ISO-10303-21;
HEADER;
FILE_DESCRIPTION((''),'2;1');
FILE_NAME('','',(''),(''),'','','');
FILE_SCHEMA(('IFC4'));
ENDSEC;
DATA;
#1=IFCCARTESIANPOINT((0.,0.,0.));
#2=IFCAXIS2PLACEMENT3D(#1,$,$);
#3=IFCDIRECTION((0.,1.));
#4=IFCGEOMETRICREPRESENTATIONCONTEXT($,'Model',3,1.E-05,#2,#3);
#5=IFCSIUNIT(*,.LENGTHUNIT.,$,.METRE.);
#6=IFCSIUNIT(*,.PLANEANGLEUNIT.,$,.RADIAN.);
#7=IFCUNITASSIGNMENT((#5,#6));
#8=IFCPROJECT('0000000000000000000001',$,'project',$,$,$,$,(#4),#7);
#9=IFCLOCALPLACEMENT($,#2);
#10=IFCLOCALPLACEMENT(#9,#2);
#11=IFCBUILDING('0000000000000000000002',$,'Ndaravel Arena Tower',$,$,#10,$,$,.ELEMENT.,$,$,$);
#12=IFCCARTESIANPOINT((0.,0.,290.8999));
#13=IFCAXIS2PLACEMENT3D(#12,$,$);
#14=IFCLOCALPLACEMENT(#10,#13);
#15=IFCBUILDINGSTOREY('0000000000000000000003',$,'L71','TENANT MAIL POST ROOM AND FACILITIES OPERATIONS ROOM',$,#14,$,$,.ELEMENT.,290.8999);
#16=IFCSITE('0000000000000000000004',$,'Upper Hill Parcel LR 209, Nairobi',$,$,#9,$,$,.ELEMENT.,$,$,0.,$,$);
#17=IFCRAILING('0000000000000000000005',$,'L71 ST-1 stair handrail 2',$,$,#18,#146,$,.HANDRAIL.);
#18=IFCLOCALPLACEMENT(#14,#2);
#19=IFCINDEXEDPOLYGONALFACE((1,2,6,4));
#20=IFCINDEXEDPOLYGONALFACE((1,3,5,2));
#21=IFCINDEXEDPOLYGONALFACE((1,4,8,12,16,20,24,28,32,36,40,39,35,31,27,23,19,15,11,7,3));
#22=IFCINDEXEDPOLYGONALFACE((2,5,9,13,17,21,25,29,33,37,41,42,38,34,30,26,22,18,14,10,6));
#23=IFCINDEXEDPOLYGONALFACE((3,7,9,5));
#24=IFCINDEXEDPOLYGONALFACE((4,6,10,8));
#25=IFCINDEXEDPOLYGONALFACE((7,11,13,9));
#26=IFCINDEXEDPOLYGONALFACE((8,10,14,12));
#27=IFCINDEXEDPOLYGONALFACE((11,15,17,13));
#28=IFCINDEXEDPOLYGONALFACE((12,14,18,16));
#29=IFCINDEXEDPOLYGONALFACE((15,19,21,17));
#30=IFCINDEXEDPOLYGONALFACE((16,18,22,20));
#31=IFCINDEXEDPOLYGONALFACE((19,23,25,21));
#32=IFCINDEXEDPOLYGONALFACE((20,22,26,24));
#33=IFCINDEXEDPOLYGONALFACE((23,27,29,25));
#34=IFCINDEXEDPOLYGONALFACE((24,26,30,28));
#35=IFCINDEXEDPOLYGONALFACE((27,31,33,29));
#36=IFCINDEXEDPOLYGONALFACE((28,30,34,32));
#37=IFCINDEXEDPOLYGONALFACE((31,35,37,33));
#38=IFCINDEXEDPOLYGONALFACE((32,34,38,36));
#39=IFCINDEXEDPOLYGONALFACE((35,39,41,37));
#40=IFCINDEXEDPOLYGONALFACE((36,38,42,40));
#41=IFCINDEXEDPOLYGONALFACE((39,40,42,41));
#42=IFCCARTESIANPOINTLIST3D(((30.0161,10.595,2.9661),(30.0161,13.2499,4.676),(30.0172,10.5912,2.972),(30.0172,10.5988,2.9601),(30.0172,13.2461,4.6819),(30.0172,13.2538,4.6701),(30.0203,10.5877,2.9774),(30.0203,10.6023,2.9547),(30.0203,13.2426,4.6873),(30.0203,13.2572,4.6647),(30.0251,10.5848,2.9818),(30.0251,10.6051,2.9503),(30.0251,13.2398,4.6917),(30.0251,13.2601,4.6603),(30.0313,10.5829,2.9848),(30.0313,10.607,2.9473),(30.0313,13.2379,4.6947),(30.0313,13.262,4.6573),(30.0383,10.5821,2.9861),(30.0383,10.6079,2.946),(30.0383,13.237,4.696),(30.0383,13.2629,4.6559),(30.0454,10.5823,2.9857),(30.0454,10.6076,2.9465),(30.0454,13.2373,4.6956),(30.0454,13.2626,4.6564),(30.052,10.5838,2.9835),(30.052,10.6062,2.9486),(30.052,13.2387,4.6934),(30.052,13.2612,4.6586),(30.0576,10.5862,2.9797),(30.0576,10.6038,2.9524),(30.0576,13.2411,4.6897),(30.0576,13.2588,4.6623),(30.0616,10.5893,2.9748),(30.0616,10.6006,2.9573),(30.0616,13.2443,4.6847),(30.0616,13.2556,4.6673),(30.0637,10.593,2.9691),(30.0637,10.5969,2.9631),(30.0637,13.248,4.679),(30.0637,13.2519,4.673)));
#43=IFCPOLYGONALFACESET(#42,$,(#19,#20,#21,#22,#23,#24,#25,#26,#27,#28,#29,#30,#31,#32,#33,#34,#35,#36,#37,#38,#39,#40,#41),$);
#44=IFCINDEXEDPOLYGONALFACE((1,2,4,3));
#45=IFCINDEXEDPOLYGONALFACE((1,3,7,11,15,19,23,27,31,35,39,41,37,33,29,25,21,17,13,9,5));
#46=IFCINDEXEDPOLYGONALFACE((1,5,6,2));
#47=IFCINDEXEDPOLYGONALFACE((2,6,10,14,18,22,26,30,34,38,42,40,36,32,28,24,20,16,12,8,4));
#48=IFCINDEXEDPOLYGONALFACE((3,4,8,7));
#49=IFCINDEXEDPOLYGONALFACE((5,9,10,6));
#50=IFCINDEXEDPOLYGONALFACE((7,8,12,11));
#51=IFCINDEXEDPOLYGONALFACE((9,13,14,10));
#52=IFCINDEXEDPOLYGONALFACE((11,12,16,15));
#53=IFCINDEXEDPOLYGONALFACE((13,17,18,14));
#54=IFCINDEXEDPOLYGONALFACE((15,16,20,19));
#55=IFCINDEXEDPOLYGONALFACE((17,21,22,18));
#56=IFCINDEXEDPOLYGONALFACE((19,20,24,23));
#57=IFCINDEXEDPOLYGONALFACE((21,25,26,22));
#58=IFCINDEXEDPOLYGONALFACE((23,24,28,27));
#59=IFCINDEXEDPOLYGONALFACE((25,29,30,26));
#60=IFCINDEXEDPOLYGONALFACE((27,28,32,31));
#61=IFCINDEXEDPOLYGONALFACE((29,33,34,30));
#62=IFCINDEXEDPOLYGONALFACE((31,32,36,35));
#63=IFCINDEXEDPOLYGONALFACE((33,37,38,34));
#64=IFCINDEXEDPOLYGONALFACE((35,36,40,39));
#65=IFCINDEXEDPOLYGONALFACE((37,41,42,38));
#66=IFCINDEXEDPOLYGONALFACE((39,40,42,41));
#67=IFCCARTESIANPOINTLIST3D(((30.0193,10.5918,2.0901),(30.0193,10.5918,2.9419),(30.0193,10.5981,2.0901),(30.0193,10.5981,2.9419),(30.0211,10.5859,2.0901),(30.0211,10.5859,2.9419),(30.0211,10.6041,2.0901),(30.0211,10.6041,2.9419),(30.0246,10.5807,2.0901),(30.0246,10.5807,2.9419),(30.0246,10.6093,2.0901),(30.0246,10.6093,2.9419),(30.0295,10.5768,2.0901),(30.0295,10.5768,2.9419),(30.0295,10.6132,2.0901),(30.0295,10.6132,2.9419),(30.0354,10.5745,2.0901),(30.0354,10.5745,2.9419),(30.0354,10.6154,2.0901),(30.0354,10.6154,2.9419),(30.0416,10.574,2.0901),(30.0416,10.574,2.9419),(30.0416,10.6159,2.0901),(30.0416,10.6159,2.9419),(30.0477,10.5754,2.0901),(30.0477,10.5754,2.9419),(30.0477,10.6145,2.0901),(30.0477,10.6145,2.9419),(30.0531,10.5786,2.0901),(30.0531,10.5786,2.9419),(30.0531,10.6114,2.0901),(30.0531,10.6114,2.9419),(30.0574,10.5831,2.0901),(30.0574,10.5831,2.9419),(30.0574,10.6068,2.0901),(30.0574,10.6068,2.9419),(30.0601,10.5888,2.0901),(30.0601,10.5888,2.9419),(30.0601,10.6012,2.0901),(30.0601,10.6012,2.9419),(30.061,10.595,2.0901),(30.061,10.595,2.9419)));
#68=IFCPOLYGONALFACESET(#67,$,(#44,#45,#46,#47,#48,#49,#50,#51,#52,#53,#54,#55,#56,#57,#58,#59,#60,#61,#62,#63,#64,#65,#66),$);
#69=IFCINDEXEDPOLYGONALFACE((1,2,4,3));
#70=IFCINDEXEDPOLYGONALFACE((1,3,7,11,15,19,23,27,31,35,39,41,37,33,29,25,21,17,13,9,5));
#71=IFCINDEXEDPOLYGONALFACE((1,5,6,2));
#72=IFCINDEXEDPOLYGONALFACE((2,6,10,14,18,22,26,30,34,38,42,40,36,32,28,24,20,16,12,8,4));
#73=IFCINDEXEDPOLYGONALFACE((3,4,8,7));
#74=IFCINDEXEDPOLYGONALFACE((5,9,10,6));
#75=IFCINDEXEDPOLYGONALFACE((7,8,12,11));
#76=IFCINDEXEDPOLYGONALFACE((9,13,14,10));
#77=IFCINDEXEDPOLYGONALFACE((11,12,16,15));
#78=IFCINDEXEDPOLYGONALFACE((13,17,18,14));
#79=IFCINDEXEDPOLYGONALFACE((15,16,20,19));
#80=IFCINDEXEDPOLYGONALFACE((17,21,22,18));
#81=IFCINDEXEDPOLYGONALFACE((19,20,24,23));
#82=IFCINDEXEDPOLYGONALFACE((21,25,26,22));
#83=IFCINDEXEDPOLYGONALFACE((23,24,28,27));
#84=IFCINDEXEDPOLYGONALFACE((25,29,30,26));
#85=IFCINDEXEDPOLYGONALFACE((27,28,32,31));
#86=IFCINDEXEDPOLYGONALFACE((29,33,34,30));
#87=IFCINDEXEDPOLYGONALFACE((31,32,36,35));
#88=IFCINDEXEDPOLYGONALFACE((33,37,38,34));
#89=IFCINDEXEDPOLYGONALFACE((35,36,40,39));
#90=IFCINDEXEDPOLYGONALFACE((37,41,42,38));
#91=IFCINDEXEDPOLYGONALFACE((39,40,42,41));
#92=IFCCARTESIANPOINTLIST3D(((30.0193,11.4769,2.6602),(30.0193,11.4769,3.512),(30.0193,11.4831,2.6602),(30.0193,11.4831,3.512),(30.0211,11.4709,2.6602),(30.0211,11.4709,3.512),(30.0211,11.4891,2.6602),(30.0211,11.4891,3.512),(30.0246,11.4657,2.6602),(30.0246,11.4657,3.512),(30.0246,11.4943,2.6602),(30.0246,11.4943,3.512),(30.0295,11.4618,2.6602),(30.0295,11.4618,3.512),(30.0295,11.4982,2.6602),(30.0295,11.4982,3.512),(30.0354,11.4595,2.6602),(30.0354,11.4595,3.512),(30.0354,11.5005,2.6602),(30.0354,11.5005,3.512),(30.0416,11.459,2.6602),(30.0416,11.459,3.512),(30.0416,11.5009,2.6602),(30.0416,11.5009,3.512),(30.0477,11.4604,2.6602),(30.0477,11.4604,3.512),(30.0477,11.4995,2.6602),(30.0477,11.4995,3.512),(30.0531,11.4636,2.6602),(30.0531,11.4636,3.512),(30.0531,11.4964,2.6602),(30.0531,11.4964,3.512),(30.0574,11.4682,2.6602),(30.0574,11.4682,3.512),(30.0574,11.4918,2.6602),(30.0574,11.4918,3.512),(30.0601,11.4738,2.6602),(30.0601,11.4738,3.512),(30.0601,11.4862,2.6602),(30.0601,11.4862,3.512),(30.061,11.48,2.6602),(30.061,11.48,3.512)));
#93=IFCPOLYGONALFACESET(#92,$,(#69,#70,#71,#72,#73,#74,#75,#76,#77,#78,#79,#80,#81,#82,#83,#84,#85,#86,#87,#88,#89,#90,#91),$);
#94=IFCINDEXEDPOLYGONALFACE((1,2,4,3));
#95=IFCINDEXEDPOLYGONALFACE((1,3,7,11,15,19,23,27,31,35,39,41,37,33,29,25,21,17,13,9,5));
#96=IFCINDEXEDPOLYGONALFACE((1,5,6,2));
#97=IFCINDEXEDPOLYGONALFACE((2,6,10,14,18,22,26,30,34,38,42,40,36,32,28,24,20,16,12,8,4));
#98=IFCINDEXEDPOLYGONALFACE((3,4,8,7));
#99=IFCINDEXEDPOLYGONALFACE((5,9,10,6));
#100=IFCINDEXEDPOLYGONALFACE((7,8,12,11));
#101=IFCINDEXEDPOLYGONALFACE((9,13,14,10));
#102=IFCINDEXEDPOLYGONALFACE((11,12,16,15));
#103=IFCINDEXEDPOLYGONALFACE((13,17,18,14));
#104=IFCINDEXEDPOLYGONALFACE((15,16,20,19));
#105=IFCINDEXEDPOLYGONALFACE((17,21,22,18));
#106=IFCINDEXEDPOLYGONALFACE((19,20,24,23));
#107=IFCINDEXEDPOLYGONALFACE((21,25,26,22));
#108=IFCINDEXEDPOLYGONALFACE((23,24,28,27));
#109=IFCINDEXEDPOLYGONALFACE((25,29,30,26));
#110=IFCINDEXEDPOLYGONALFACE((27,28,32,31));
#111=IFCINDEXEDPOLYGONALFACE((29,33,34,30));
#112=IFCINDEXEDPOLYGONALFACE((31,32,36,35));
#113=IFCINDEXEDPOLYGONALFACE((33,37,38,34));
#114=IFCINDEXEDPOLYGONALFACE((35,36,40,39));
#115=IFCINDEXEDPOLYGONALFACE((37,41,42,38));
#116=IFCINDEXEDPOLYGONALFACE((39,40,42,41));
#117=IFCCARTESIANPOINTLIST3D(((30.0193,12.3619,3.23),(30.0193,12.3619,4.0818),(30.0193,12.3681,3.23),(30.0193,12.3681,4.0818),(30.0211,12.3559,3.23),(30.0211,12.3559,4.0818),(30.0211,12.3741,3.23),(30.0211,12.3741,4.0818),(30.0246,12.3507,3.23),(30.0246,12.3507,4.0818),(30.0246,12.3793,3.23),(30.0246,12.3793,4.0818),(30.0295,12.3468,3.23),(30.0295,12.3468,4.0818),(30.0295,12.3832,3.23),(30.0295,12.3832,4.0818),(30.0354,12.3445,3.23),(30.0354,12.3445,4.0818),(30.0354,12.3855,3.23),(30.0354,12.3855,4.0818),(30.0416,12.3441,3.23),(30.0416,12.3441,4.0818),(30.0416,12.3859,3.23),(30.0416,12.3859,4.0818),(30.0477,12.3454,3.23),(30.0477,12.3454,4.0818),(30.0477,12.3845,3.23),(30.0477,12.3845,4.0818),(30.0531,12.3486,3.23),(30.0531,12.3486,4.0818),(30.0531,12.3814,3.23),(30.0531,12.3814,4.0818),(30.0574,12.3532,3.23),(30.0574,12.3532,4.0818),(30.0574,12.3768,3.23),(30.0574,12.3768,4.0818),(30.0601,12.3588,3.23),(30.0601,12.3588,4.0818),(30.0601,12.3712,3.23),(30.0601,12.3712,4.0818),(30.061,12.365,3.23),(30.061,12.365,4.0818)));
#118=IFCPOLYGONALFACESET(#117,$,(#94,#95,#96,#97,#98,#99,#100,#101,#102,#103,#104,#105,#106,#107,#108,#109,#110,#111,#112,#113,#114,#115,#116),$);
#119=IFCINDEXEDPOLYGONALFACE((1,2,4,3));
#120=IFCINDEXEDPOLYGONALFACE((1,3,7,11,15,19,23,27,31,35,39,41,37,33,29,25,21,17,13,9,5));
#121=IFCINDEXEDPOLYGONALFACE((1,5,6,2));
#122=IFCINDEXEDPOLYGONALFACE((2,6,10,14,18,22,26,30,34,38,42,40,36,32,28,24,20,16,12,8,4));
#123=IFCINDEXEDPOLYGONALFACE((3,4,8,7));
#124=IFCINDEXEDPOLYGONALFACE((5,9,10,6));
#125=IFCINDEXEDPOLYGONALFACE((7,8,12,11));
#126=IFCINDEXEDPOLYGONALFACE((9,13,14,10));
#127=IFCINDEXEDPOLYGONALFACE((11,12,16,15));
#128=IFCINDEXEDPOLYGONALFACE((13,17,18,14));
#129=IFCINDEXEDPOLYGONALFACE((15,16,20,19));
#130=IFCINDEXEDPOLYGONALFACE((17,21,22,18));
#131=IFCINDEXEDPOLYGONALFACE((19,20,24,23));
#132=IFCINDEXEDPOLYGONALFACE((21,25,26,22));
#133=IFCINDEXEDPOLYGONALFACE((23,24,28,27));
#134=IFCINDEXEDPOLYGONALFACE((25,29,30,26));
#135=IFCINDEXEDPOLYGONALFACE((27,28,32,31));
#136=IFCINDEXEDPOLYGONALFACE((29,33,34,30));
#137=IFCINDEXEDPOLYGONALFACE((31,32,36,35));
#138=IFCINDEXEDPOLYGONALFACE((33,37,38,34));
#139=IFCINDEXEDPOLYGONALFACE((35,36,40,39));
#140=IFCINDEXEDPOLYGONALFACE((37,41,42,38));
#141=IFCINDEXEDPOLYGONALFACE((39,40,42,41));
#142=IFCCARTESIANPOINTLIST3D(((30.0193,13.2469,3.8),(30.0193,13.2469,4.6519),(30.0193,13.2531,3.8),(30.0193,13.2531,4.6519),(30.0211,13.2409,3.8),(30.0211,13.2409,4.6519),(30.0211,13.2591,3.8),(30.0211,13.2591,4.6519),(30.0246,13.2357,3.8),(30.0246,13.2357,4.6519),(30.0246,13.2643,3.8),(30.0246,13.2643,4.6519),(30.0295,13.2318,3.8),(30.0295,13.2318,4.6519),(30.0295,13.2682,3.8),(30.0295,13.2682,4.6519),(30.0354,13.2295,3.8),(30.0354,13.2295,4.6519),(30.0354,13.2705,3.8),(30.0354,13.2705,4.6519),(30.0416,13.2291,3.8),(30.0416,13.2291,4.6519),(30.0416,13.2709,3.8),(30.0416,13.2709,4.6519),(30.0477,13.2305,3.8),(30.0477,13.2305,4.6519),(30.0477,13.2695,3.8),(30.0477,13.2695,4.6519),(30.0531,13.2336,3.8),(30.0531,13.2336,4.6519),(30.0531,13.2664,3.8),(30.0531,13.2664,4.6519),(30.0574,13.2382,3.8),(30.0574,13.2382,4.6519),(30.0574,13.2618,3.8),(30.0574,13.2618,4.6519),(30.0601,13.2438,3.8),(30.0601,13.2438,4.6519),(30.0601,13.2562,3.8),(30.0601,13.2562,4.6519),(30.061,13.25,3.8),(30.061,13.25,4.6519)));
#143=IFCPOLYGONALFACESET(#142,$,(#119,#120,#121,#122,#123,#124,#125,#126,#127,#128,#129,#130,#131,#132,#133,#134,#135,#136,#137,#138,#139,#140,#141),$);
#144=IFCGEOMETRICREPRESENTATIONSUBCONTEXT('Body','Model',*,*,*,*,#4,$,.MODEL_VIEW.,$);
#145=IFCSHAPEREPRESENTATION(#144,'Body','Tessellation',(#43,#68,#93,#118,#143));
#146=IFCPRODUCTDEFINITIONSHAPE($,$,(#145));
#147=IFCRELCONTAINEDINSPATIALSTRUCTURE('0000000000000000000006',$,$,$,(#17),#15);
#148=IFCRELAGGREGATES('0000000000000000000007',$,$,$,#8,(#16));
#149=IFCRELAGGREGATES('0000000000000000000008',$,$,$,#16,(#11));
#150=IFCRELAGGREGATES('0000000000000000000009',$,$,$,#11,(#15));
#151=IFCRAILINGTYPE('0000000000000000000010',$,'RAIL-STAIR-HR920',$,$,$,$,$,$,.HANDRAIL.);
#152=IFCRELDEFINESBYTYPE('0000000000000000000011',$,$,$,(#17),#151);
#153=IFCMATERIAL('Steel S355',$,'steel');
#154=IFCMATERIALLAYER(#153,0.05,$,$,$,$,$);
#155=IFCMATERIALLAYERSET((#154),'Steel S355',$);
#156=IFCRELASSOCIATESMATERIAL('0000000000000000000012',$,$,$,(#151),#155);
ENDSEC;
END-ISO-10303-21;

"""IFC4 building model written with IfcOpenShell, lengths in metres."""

from ifc_helpers import new_model, si_unit, direction, frame, origin, origin_2d, place, context, subcontext, project, spatial, circle, extrude, material, layer, layer_set, type_object, element, save


model = new_model("IFC4")

# Units and contexts
model_context = context("Model", 3, precision=1e-05, world=origin(), true_north=direction((0.0, 1.0)))
body_context = subcontext(model_context, "Body", "Model", "MODEL_VIEW")
ifc_project = project(units=[si_unit("LENGTHUNIT", "METRE"), si_unit("PLANEANGLEUNIT", "RADIAN")], contexts=[model_context])

# Site, building, storey
site_placement = place(None, origin())
site = spatial("IfcSite", under=ifc_project, at=site_placement, Name="Upper Hill Parcel LR 209, Nairobi", CompositionType="ELEMENT", RefElevation=0.0)
building_placement = place(site_placement, origin())
building = spatial("IfcBuilding", under=site, at=building_placement, Name="Ndaravel Arena Tower", CompositionType="ELEMENT")
storey_placement = place(building_placement, frame((0.0, 0.0, 290.8999)))
storey = spatial("IfcBuildingStorey", under=building, at=storey_placement, Name="L71", Description="TENANT MAIL POST ROOM AND FACILITIES OPERATIONS ROOM", CompositionType="ELEMENT", Elevation=290.8999)

# Railing
ifc_material_1 = material(Name="Steel S355", Category="steel")
ifc_layer_1 = layer(ifc_material_1, 0.05)
ifc_layer_set_1 = layer_set([ifc_layer_1], Name="Steel S355")
railing_type_1 = type_object("IfcRailingType", Name="RAIL-STAIR-HR920", PredefinedType="HANDRAIL", material=ifc_layer_set_1)
railing_1_placement = place(storey_placement, frame((30.04, 10.595, 2.0901)))
element("IfcRailing", 1, at=railing_1_placement, inside=storey, type_object=railing_type_1, Name="L71 ST-1 stair handrail 2", PredefinedType="HANDRAIL", context=body_context, shape_type="SweptSolid", body=[
    extrude(circle(Radius=0.0239, at=origin_2d()), frame((0.0, 0.0, 0.876), z_axis=(0.0, 0.840724, 0.541465), x_axis=(-1.0, 0.0, 0.0)), (0.0, 0.0, 1.0), 3.158),
    extrude(circle(Radius=0.021, at=origin_2d()), origin(), (0.0, 0.0, 1.0), 0.8518),
    extrude(circle(Radius=0.021, at=origin_2d()), frame((0.0, 0.885, 0.5701)), (0.0, 0.0, 1.0), 0.8518),
    extrude(circle(Radius=0.021, at=origin_2d()), frame((0.0, 1.77, 1.1399)), (0.0, 0.0, 1.0), 0.8518),
    extrude(circle(Radius=0.021, at=origin_2d()), frame((0.0, 2.655, 1.71)), (0.0, 0.0, 1.0), 0.8518),
])

save(model, "model.ifc")
